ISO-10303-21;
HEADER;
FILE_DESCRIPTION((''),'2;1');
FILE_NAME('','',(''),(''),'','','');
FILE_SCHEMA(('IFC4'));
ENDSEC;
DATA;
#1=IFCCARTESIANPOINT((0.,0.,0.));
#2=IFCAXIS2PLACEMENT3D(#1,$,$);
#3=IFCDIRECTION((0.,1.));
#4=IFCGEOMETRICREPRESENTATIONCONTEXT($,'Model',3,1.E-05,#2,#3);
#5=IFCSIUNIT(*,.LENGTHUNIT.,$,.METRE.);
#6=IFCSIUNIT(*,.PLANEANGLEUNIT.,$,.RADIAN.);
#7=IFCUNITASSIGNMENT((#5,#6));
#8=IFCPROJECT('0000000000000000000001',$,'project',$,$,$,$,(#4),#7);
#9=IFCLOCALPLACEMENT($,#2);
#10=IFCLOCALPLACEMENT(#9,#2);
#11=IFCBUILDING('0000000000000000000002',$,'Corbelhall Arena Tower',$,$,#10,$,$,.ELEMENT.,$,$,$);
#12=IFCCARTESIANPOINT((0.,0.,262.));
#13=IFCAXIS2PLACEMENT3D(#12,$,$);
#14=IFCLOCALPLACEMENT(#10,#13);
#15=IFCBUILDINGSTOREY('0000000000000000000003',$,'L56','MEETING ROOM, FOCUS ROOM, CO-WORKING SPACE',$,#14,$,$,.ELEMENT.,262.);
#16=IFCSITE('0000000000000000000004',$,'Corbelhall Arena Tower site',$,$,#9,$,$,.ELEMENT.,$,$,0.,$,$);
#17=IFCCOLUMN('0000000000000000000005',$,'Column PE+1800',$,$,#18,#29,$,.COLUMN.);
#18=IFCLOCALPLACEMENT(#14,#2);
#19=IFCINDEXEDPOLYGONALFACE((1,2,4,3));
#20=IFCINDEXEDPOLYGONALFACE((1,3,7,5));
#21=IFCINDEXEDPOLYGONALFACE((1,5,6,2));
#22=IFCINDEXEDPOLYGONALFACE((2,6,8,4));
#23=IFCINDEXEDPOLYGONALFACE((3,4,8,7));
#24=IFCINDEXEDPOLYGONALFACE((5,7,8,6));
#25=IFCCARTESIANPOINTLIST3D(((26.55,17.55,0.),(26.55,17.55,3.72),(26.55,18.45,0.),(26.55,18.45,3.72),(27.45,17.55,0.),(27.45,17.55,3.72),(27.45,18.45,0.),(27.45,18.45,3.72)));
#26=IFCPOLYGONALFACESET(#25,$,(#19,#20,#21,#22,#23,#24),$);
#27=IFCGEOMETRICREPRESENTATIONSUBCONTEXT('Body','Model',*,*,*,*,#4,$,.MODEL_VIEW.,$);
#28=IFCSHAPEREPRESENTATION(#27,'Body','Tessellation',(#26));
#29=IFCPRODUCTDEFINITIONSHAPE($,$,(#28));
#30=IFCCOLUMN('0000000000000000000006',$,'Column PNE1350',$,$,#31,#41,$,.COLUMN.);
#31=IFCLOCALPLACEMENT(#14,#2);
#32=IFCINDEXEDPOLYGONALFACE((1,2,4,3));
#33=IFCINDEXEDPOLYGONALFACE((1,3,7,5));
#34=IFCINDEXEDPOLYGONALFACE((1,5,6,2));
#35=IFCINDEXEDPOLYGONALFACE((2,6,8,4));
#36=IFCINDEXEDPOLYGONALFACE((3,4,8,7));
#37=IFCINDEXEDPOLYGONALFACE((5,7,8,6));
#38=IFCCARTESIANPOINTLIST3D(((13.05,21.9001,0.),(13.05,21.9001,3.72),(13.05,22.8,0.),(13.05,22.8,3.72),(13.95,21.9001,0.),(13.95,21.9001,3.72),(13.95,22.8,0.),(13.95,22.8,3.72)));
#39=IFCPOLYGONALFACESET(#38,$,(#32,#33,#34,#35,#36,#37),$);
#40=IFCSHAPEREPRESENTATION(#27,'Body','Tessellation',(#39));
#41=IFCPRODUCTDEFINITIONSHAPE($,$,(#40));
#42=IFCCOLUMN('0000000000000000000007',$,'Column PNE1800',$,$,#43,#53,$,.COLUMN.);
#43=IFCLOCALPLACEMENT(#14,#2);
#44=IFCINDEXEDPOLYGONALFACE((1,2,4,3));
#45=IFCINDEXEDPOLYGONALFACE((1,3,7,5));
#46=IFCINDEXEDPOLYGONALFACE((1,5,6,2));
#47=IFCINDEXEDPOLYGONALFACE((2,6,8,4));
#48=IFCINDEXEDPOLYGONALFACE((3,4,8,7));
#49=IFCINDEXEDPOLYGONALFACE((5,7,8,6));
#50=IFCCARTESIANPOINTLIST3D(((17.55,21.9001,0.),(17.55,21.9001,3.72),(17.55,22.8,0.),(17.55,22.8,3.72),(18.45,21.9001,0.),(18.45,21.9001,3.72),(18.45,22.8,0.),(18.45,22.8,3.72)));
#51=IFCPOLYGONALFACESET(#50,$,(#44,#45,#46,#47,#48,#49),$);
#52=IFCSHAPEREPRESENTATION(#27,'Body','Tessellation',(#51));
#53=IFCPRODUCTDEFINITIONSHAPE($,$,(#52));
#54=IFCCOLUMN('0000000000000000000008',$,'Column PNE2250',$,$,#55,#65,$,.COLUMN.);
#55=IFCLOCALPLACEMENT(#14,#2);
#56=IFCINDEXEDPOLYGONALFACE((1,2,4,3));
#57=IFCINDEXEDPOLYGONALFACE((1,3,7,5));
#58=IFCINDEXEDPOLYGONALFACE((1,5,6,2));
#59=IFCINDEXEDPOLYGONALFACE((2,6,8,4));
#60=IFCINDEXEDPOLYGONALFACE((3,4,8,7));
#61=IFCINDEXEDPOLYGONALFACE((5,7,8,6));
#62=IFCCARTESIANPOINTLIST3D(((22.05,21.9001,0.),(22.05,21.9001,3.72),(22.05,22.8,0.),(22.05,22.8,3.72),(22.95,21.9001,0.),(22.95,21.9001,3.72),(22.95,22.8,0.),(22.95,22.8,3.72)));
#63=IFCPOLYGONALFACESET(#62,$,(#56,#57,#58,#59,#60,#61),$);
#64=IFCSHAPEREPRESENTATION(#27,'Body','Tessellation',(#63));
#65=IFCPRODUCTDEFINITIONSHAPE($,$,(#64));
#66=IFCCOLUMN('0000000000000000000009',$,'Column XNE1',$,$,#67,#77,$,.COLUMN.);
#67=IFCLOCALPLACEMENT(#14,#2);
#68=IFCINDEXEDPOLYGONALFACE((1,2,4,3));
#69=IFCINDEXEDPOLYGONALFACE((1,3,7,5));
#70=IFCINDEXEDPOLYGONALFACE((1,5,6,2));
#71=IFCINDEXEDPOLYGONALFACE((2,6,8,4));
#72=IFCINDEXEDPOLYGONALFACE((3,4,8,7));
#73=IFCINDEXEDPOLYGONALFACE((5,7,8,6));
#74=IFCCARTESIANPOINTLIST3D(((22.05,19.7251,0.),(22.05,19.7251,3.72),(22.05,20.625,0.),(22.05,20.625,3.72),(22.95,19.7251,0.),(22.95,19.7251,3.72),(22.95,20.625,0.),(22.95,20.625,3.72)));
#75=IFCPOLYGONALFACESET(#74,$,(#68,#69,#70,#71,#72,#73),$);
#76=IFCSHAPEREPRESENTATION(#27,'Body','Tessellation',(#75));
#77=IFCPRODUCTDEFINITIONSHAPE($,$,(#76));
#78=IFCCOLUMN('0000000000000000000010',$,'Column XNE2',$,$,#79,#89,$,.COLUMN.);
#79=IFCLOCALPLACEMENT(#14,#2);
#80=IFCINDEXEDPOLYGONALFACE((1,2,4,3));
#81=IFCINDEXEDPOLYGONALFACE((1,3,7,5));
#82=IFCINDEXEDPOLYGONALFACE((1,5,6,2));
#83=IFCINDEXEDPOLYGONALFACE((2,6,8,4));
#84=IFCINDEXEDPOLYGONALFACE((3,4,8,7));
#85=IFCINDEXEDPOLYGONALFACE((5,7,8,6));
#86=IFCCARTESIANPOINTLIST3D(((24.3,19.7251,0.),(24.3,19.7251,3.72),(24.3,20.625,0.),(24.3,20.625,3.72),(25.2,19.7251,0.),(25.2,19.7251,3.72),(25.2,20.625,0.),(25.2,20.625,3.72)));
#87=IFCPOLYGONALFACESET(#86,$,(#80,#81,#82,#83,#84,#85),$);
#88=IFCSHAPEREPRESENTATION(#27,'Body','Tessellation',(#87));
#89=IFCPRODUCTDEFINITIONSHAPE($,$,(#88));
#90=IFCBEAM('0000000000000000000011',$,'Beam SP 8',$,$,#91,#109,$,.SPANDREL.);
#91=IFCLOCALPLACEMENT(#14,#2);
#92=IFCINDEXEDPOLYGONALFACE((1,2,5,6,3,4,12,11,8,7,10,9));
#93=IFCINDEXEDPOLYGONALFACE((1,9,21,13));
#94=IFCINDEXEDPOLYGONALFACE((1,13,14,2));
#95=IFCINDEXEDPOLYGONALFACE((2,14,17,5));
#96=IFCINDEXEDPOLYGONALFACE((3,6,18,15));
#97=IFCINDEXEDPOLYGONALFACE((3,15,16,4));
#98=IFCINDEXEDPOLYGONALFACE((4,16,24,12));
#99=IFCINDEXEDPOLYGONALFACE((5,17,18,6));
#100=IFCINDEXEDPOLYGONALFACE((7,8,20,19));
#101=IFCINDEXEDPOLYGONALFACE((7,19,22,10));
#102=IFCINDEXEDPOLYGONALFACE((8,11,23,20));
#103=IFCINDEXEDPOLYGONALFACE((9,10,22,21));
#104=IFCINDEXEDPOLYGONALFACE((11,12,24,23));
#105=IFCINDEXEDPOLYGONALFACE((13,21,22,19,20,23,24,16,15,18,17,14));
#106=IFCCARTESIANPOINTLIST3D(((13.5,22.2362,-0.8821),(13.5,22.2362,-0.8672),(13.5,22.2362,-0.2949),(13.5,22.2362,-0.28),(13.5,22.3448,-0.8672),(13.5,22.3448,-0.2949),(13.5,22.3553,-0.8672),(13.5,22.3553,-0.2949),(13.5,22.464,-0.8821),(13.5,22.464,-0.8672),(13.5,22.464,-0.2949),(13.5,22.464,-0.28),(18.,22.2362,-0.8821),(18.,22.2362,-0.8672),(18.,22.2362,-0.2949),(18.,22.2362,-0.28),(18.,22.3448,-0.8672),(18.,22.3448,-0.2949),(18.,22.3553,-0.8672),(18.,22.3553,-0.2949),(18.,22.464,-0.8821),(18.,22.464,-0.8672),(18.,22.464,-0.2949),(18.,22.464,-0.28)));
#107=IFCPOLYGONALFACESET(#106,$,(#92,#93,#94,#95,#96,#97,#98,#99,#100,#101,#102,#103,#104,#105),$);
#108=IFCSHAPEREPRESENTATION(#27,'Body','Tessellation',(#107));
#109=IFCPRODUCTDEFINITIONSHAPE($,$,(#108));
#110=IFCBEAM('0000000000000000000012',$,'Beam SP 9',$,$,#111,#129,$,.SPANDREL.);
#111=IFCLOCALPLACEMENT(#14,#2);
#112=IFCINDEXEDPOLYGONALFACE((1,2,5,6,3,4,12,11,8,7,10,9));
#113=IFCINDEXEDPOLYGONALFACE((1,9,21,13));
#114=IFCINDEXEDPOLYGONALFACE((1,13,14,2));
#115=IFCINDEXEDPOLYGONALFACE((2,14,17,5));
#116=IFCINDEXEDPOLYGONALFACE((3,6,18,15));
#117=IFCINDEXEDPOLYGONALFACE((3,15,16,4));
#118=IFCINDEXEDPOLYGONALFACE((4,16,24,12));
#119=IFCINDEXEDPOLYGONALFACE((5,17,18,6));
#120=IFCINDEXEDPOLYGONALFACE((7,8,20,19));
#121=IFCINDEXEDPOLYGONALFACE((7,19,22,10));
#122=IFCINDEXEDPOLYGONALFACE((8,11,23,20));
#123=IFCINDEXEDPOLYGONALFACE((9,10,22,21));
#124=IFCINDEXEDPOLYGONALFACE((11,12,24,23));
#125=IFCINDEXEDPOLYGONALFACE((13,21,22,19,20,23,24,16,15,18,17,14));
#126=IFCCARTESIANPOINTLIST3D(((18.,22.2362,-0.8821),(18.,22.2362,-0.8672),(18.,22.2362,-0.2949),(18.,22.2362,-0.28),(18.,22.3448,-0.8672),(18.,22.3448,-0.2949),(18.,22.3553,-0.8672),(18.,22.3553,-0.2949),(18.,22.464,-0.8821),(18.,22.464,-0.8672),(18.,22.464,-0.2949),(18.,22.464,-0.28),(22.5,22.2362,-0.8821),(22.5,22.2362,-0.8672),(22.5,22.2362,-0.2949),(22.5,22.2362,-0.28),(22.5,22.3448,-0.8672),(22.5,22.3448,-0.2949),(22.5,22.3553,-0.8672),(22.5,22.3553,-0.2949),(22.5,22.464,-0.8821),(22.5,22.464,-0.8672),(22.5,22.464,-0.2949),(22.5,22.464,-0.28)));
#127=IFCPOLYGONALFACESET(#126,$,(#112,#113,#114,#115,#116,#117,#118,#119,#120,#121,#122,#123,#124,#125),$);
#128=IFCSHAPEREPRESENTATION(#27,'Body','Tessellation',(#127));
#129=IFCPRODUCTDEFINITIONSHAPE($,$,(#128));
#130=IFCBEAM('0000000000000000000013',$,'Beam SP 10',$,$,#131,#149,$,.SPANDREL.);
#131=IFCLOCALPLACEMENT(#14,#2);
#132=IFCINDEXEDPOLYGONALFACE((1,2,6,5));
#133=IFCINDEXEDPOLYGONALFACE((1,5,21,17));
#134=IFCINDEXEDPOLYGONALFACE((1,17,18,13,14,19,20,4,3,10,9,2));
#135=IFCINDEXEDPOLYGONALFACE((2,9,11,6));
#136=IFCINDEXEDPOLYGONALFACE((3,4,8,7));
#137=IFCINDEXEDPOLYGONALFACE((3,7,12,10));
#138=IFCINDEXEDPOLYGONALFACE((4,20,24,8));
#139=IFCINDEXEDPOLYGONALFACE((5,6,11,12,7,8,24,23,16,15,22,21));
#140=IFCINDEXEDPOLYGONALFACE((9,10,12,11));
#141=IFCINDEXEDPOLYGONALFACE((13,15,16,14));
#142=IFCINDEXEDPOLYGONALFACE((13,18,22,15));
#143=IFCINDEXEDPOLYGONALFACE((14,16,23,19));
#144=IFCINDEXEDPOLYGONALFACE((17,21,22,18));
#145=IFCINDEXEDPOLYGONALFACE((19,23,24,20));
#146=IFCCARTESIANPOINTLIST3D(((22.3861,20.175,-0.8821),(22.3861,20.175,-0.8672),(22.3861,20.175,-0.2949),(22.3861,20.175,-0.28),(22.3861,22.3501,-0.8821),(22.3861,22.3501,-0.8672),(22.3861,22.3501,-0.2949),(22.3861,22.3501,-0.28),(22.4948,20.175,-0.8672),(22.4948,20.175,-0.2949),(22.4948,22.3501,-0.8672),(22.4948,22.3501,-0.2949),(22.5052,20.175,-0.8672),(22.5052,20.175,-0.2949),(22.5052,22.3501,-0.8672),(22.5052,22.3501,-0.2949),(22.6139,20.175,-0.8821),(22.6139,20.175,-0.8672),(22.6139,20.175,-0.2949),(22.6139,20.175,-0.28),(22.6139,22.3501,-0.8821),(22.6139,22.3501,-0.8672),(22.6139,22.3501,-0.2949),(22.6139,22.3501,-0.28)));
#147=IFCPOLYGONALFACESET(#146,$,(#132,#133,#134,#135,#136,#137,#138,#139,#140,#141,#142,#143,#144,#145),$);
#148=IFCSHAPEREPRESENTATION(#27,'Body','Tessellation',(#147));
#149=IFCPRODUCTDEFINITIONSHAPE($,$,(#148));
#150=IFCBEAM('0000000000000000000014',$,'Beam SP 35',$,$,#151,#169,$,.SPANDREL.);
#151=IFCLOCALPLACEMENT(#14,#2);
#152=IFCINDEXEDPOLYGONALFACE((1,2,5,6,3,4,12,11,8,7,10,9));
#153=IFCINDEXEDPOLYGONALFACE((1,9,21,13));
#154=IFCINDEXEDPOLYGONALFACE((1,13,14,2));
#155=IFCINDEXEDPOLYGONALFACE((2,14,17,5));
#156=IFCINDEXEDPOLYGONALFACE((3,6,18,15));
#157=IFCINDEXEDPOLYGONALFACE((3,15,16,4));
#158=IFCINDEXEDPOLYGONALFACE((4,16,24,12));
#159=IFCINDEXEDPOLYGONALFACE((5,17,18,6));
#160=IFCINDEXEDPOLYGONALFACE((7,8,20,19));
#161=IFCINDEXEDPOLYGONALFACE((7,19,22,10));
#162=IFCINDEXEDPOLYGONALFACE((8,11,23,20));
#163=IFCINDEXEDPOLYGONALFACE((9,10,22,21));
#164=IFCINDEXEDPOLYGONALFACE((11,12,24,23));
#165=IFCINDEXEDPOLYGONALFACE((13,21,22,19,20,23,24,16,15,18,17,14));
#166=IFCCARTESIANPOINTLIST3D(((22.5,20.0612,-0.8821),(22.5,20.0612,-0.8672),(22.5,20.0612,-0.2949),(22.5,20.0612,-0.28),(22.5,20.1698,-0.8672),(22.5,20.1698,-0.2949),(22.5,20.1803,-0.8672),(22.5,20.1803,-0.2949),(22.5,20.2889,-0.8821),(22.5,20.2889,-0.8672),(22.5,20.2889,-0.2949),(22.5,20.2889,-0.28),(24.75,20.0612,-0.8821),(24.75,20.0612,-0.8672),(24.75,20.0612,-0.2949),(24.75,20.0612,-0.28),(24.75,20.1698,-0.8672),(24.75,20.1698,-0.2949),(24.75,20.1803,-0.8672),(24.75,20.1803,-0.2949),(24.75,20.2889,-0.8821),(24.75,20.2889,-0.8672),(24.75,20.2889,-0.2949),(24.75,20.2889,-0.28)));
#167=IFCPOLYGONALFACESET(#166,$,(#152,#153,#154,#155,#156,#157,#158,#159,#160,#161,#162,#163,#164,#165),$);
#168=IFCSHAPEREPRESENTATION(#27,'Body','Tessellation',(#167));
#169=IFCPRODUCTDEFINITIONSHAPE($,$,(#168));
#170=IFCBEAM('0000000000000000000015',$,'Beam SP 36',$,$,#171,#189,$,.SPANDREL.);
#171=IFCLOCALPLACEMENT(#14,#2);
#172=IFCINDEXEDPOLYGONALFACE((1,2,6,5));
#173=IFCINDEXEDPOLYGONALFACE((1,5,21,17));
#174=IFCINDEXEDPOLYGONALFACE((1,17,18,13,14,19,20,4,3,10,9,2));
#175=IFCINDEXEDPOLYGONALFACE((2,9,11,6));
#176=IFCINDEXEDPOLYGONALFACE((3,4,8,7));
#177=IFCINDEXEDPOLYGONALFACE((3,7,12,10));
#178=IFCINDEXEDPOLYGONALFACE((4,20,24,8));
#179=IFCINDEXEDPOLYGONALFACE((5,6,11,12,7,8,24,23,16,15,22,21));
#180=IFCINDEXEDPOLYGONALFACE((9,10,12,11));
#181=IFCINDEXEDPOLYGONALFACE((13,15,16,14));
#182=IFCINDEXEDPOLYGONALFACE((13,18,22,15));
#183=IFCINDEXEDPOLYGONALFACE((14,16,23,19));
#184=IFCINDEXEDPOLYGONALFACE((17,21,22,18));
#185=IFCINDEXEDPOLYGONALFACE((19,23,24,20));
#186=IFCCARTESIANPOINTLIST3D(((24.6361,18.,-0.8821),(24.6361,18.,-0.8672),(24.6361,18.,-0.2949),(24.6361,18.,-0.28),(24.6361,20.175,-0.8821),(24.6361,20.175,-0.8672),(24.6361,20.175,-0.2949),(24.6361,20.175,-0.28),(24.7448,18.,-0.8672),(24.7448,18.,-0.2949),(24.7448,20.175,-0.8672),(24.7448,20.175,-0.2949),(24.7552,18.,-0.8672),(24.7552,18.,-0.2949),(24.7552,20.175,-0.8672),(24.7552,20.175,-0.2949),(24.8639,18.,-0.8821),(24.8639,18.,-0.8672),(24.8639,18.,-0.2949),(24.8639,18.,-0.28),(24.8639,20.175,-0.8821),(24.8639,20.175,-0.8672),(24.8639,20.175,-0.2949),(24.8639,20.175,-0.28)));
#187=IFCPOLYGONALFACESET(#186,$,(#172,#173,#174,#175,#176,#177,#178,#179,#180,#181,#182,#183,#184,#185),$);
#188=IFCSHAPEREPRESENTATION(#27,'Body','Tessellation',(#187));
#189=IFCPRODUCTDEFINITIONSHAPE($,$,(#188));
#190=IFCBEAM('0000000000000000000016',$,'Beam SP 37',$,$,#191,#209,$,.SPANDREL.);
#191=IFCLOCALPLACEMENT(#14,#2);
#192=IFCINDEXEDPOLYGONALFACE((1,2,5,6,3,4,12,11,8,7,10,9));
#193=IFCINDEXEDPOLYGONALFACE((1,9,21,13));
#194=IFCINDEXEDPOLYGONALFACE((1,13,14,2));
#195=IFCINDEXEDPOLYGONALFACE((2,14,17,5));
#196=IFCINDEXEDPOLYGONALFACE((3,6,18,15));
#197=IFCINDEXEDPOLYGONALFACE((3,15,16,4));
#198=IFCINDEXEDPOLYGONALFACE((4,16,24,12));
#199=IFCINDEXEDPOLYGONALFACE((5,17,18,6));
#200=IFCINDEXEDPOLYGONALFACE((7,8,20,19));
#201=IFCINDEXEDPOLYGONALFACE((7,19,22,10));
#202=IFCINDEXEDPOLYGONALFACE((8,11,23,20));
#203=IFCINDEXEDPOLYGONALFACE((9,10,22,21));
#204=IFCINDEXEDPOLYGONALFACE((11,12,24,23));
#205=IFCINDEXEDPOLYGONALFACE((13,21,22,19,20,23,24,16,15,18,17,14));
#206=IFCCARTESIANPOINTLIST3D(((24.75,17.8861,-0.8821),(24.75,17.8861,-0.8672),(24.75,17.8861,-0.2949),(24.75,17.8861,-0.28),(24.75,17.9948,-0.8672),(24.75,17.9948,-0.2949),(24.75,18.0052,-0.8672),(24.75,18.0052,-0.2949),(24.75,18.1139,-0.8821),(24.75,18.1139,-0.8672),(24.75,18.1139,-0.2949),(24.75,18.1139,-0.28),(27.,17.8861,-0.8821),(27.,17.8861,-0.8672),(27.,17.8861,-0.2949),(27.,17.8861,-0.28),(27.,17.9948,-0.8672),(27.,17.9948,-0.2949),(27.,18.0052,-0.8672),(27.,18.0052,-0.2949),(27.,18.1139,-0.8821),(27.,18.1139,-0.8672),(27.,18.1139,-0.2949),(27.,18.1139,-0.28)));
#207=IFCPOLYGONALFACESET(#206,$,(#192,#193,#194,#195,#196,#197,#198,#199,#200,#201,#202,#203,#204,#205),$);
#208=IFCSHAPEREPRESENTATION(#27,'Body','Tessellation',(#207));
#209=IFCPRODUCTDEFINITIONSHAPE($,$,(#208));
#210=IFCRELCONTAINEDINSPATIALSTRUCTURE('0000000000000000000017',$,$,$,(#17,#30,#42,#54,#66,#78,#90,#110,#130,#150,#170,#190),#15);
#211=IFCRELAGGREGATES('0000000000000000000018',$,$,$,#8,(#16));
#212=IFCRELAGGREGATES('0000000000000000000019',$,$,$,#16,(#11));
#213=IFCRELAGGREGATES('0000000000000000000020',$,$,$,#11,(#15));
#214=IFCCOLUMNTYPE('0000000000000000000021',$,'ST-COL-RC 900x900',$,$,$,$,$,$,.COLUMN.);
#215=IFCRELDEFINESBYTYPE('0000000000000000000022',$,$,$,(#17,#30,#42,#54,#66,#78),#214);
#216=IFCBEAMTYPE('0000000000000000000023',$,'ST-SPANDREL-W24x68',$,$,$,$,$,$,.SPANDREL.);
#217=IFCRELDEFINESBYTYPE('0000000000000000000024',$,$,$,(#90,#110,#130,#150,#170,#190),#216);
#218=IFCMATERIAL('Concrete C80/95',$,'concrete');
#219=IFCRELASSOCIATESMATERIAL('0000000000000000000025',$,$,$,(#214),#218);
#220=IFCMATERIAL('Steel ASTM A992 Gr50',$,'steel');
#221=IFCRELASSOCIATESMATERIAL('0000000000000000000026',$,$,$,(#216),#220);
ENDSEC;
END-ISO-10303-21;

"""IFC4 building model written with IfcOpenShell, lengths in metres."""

from ifc_helpers import new_model, si_unit, direction, frame, origin, origin_2d, place, context, subcontext, project, spatial, rectangle, i_section, extrude, material, material_profile, profile_set, type_object, element, save


model = new_model("IFC4")

# Units and contexts
model_context = context("Model", 3, precision=1e-05, world=origin(), true_north=direction((0.0, 1.0)))
body_context = subcontext(model_context, "Body", "Model", "MODEL_VIEW")
ifc_project = project(units=[si_unit("LENGTHUNIT", "METRE"), si_unit("PLANEANGLEUNIT", "RADIAN")], contexts=[model_context])

# Site, building, storey
site_placement = place(None, origin())
site = spatial("IfcSite", under=ifc_project, at=site_placement, Name="Corbelhall Arena Tower site", CompositionType="ELEMENT", RefElevation=0.0)
building_placement = place(site_placement, origin())
building = spatial("IfcBuilding", under=site, at=building_placement, Name="Corbelhall Arena Tower", CompositionType="ELEMENT")
storey_placement = place(building_placement, frame((0.0, 0.0, 262.0)))
storey = spatial("IfcBuildingStorey", under=building, at=storey_placement, Name="L56", Description="MEETING ROOM, FOCUS ROOM, CO-WORKING SPACE", CompositionType="ELEMENT", Elevation=262.0)

# Columns
ifc_material_1 = material(Name="Concrete C80/95", Category="concrete")
ifc_material_profile_1 = material_profile(ifc_material_1, rectangle(XDim=0.8999, YDim=0.8999, at=origin_2d()))
ifc_profile_set_1 = profile_set([ifc_material_profile_1], Name="Concrete C80/95")
column_type = type_object("IfcColumnType", Name="ST-COL-RC 900x900", PredefinedType="COLUMN", material=ifc_profile_set_1)
for number, where, z_axis, x_axis, name in (
    (1, (27.0, 18.0, 0.0), (0.0, 0.0, 1.0), (0.0, 1.0, 0.0), "Column PE+1800"),
    (2, (13.5, 22.3501, 0.0), (0.0, 0.0, 1.0), (1.0, 0.0, 0.0), "Column PNE1350"),
    (3, (18.0, 22.3501, 0.0), (0.0, 0.0, 1.0), (1.0, 0.0, 0.0), "Column PNE1800"),
    (4, (22.5, 22.3501, 0.0), (0.0, 0.0, 1.0), (1.0, 0.0, 0.0), "Column PNE2250"),
    (5, (22.5, 20.175, 0.0), (0.0, 0.0, 1.0), (1.0, 0.0, 0.0), "Column XNE1"),
    (6, (24.75, 20.175, 0.0), (0.0, 0.0, 1.0), (1.0, 0.0, 0.0), "Column XNE2"),
):
    element("IfcColumn", number, at=place(storey_placement, frame(where, z_axis=z_axis, x_axis=x_axis)), inside=storey, type_object=column_type, Name=name, PredefinedType="COLUMN", context=body_context, shape_type="SweptSolid", body=[
        extrude(rectangle(XDim=0.8999, YDim=0.8999, at=origin_2d()), origin(), (0.0, 0.0, 1.0), 3.72),
    ])

# Beams
ifc_material_2 = material(Name="Steel ASTM A992 Gr50", Category="steel")
ifc_material_profile_2 = material_profile(ifc_material_2, i_section(OverallWidth=0.2278, OverallDepth=0.6021, WebThickness=0.0105, FlangeThickness=0.0149, at=origin_2d()))
ifc_profile_set_2 = profile_set([ifc_material_profile_2], Name="Steel ASTM A992 Gr50")
beam_type_1 = type_object("IfcBeamType", Name="ST-SPANDREL-W24x68", PredefinedType="SPANDREL", material=ifc_profile_set_2)
for number, where, z_axis, x_axis, name in (
    (7, (13.5, 22.3501, -0.5811), (1.0, 0.0, 0.0), (0.0, 1.0, 0.0), "Beam SP 8"),
    (8, (18.0, 22.3501, -0.5811), (1.0, 0.0, 0.0), (0.0, 1.0, 0.0), "Beam SP 9"),
):
    element("IfcBeam", number, at=place(storey_placement, frame(where, z_axis=z_axis, x_axis=x_axis)), inside=storey, type_object=beam_type_1, Name=name, PredefinedType="SPANDREL", context=body_context, shape_type="SweptSolid", body=[
        extrude(i_section(OverallWidth=0.2278, OverallDepth=0.6021, WebThickness=0.0105, FlangeThickness=0.0149, at=origin_2d()), origin(), (0.0, 0.0, 1.0), 4.5),
    ])
beam_1_placement = place(storey_placement, frame((22.5, 22.3501, -0.5811), z_axis=(0.0, -1.0, 0.0), x_axis=(1.0, 0.0, 0.0)))
element("IfcBeam", 9, at=beam_1_placement, inside=storey, type_object=beam_type_1, Name="Beam SP 10", PredefinedType="SPANDREL", context=body_context, shape_type="SweptSolid", body=[
    extrude(i_section(OverallWidth=0.2278, OverallDepth=0.6021, WebThickness=0.0105, FlangeThickness=0.0149, at=origin_2d()), origin(), (0.0, 0.0, 1.0), 2.175),
])
beam_2_placement = place(storey_placement, frame((22.5, 20.175, -0.5811), z_axis=(1.0, 0.0, 0.0), x_axis=(0.0, 1.0, 0.0)))
element("IfcBeam", 10, at=beam_2_placement, inside=storey, type_object=beam_type_1, Name="Beam SP 35", PredefinedType="SPANDREL", context=body_context, shape_type="SweptSolid", body=[
    extrude(i_section(OverallWidth=0.2278, OverallDepth=0.6021, WebThickness=0.0105, FlangeThickness=0.0149, at=origin_2d()), origin(), (0.0, 0.0, 1.0), 2.25),
])
beam_3_placement = place(storey_placement, frame((24.75, 20.175, -0.5811), z_axis=(0.0, -1.0, 0.0), x_axis=(1.0, 0.0, 0.0)))
element("IfcBeam", 11, at=beam_3_placement, inside=storey, type_object=beam_type_1, Name="Beam SP 36", PredefinedType="SPANDREL", context=body_context, shape_type="SweptSolid", body=[
    extrude(i_section(OverallWidth=0.2278, OverallDepth=0.6021, WebThickness=0.0105, FlangeThickness=0.0149, at=origin_2d()), origin(), (0.0, 0.0, 1.0), 2.175),
])
beam_4_placement = place(storey_placement, frame((24.75, 18.0, -0.5811), z_axis=(1.0, 0.0, 0.0), x_axis=(0.0, 1.0, 0.0)))
element("IfcBeam", 12, at=beam_4_placement, inside=storey, type_object=beam_type_1, Name="Beam SP 37", PredefinedType="SPANDREL", context=body_context, shape_type="SweptSolid", body=[
    extrude(i_section(OverallWidth=0.2278, OverallDepth=0.6021, WebThickness=0.0105, FlangeThickness=0.0149, at=origin_2d()), origin(), (0.0, 0.0, 1.0), 2.25),
])

save(model, "model.ifc")
